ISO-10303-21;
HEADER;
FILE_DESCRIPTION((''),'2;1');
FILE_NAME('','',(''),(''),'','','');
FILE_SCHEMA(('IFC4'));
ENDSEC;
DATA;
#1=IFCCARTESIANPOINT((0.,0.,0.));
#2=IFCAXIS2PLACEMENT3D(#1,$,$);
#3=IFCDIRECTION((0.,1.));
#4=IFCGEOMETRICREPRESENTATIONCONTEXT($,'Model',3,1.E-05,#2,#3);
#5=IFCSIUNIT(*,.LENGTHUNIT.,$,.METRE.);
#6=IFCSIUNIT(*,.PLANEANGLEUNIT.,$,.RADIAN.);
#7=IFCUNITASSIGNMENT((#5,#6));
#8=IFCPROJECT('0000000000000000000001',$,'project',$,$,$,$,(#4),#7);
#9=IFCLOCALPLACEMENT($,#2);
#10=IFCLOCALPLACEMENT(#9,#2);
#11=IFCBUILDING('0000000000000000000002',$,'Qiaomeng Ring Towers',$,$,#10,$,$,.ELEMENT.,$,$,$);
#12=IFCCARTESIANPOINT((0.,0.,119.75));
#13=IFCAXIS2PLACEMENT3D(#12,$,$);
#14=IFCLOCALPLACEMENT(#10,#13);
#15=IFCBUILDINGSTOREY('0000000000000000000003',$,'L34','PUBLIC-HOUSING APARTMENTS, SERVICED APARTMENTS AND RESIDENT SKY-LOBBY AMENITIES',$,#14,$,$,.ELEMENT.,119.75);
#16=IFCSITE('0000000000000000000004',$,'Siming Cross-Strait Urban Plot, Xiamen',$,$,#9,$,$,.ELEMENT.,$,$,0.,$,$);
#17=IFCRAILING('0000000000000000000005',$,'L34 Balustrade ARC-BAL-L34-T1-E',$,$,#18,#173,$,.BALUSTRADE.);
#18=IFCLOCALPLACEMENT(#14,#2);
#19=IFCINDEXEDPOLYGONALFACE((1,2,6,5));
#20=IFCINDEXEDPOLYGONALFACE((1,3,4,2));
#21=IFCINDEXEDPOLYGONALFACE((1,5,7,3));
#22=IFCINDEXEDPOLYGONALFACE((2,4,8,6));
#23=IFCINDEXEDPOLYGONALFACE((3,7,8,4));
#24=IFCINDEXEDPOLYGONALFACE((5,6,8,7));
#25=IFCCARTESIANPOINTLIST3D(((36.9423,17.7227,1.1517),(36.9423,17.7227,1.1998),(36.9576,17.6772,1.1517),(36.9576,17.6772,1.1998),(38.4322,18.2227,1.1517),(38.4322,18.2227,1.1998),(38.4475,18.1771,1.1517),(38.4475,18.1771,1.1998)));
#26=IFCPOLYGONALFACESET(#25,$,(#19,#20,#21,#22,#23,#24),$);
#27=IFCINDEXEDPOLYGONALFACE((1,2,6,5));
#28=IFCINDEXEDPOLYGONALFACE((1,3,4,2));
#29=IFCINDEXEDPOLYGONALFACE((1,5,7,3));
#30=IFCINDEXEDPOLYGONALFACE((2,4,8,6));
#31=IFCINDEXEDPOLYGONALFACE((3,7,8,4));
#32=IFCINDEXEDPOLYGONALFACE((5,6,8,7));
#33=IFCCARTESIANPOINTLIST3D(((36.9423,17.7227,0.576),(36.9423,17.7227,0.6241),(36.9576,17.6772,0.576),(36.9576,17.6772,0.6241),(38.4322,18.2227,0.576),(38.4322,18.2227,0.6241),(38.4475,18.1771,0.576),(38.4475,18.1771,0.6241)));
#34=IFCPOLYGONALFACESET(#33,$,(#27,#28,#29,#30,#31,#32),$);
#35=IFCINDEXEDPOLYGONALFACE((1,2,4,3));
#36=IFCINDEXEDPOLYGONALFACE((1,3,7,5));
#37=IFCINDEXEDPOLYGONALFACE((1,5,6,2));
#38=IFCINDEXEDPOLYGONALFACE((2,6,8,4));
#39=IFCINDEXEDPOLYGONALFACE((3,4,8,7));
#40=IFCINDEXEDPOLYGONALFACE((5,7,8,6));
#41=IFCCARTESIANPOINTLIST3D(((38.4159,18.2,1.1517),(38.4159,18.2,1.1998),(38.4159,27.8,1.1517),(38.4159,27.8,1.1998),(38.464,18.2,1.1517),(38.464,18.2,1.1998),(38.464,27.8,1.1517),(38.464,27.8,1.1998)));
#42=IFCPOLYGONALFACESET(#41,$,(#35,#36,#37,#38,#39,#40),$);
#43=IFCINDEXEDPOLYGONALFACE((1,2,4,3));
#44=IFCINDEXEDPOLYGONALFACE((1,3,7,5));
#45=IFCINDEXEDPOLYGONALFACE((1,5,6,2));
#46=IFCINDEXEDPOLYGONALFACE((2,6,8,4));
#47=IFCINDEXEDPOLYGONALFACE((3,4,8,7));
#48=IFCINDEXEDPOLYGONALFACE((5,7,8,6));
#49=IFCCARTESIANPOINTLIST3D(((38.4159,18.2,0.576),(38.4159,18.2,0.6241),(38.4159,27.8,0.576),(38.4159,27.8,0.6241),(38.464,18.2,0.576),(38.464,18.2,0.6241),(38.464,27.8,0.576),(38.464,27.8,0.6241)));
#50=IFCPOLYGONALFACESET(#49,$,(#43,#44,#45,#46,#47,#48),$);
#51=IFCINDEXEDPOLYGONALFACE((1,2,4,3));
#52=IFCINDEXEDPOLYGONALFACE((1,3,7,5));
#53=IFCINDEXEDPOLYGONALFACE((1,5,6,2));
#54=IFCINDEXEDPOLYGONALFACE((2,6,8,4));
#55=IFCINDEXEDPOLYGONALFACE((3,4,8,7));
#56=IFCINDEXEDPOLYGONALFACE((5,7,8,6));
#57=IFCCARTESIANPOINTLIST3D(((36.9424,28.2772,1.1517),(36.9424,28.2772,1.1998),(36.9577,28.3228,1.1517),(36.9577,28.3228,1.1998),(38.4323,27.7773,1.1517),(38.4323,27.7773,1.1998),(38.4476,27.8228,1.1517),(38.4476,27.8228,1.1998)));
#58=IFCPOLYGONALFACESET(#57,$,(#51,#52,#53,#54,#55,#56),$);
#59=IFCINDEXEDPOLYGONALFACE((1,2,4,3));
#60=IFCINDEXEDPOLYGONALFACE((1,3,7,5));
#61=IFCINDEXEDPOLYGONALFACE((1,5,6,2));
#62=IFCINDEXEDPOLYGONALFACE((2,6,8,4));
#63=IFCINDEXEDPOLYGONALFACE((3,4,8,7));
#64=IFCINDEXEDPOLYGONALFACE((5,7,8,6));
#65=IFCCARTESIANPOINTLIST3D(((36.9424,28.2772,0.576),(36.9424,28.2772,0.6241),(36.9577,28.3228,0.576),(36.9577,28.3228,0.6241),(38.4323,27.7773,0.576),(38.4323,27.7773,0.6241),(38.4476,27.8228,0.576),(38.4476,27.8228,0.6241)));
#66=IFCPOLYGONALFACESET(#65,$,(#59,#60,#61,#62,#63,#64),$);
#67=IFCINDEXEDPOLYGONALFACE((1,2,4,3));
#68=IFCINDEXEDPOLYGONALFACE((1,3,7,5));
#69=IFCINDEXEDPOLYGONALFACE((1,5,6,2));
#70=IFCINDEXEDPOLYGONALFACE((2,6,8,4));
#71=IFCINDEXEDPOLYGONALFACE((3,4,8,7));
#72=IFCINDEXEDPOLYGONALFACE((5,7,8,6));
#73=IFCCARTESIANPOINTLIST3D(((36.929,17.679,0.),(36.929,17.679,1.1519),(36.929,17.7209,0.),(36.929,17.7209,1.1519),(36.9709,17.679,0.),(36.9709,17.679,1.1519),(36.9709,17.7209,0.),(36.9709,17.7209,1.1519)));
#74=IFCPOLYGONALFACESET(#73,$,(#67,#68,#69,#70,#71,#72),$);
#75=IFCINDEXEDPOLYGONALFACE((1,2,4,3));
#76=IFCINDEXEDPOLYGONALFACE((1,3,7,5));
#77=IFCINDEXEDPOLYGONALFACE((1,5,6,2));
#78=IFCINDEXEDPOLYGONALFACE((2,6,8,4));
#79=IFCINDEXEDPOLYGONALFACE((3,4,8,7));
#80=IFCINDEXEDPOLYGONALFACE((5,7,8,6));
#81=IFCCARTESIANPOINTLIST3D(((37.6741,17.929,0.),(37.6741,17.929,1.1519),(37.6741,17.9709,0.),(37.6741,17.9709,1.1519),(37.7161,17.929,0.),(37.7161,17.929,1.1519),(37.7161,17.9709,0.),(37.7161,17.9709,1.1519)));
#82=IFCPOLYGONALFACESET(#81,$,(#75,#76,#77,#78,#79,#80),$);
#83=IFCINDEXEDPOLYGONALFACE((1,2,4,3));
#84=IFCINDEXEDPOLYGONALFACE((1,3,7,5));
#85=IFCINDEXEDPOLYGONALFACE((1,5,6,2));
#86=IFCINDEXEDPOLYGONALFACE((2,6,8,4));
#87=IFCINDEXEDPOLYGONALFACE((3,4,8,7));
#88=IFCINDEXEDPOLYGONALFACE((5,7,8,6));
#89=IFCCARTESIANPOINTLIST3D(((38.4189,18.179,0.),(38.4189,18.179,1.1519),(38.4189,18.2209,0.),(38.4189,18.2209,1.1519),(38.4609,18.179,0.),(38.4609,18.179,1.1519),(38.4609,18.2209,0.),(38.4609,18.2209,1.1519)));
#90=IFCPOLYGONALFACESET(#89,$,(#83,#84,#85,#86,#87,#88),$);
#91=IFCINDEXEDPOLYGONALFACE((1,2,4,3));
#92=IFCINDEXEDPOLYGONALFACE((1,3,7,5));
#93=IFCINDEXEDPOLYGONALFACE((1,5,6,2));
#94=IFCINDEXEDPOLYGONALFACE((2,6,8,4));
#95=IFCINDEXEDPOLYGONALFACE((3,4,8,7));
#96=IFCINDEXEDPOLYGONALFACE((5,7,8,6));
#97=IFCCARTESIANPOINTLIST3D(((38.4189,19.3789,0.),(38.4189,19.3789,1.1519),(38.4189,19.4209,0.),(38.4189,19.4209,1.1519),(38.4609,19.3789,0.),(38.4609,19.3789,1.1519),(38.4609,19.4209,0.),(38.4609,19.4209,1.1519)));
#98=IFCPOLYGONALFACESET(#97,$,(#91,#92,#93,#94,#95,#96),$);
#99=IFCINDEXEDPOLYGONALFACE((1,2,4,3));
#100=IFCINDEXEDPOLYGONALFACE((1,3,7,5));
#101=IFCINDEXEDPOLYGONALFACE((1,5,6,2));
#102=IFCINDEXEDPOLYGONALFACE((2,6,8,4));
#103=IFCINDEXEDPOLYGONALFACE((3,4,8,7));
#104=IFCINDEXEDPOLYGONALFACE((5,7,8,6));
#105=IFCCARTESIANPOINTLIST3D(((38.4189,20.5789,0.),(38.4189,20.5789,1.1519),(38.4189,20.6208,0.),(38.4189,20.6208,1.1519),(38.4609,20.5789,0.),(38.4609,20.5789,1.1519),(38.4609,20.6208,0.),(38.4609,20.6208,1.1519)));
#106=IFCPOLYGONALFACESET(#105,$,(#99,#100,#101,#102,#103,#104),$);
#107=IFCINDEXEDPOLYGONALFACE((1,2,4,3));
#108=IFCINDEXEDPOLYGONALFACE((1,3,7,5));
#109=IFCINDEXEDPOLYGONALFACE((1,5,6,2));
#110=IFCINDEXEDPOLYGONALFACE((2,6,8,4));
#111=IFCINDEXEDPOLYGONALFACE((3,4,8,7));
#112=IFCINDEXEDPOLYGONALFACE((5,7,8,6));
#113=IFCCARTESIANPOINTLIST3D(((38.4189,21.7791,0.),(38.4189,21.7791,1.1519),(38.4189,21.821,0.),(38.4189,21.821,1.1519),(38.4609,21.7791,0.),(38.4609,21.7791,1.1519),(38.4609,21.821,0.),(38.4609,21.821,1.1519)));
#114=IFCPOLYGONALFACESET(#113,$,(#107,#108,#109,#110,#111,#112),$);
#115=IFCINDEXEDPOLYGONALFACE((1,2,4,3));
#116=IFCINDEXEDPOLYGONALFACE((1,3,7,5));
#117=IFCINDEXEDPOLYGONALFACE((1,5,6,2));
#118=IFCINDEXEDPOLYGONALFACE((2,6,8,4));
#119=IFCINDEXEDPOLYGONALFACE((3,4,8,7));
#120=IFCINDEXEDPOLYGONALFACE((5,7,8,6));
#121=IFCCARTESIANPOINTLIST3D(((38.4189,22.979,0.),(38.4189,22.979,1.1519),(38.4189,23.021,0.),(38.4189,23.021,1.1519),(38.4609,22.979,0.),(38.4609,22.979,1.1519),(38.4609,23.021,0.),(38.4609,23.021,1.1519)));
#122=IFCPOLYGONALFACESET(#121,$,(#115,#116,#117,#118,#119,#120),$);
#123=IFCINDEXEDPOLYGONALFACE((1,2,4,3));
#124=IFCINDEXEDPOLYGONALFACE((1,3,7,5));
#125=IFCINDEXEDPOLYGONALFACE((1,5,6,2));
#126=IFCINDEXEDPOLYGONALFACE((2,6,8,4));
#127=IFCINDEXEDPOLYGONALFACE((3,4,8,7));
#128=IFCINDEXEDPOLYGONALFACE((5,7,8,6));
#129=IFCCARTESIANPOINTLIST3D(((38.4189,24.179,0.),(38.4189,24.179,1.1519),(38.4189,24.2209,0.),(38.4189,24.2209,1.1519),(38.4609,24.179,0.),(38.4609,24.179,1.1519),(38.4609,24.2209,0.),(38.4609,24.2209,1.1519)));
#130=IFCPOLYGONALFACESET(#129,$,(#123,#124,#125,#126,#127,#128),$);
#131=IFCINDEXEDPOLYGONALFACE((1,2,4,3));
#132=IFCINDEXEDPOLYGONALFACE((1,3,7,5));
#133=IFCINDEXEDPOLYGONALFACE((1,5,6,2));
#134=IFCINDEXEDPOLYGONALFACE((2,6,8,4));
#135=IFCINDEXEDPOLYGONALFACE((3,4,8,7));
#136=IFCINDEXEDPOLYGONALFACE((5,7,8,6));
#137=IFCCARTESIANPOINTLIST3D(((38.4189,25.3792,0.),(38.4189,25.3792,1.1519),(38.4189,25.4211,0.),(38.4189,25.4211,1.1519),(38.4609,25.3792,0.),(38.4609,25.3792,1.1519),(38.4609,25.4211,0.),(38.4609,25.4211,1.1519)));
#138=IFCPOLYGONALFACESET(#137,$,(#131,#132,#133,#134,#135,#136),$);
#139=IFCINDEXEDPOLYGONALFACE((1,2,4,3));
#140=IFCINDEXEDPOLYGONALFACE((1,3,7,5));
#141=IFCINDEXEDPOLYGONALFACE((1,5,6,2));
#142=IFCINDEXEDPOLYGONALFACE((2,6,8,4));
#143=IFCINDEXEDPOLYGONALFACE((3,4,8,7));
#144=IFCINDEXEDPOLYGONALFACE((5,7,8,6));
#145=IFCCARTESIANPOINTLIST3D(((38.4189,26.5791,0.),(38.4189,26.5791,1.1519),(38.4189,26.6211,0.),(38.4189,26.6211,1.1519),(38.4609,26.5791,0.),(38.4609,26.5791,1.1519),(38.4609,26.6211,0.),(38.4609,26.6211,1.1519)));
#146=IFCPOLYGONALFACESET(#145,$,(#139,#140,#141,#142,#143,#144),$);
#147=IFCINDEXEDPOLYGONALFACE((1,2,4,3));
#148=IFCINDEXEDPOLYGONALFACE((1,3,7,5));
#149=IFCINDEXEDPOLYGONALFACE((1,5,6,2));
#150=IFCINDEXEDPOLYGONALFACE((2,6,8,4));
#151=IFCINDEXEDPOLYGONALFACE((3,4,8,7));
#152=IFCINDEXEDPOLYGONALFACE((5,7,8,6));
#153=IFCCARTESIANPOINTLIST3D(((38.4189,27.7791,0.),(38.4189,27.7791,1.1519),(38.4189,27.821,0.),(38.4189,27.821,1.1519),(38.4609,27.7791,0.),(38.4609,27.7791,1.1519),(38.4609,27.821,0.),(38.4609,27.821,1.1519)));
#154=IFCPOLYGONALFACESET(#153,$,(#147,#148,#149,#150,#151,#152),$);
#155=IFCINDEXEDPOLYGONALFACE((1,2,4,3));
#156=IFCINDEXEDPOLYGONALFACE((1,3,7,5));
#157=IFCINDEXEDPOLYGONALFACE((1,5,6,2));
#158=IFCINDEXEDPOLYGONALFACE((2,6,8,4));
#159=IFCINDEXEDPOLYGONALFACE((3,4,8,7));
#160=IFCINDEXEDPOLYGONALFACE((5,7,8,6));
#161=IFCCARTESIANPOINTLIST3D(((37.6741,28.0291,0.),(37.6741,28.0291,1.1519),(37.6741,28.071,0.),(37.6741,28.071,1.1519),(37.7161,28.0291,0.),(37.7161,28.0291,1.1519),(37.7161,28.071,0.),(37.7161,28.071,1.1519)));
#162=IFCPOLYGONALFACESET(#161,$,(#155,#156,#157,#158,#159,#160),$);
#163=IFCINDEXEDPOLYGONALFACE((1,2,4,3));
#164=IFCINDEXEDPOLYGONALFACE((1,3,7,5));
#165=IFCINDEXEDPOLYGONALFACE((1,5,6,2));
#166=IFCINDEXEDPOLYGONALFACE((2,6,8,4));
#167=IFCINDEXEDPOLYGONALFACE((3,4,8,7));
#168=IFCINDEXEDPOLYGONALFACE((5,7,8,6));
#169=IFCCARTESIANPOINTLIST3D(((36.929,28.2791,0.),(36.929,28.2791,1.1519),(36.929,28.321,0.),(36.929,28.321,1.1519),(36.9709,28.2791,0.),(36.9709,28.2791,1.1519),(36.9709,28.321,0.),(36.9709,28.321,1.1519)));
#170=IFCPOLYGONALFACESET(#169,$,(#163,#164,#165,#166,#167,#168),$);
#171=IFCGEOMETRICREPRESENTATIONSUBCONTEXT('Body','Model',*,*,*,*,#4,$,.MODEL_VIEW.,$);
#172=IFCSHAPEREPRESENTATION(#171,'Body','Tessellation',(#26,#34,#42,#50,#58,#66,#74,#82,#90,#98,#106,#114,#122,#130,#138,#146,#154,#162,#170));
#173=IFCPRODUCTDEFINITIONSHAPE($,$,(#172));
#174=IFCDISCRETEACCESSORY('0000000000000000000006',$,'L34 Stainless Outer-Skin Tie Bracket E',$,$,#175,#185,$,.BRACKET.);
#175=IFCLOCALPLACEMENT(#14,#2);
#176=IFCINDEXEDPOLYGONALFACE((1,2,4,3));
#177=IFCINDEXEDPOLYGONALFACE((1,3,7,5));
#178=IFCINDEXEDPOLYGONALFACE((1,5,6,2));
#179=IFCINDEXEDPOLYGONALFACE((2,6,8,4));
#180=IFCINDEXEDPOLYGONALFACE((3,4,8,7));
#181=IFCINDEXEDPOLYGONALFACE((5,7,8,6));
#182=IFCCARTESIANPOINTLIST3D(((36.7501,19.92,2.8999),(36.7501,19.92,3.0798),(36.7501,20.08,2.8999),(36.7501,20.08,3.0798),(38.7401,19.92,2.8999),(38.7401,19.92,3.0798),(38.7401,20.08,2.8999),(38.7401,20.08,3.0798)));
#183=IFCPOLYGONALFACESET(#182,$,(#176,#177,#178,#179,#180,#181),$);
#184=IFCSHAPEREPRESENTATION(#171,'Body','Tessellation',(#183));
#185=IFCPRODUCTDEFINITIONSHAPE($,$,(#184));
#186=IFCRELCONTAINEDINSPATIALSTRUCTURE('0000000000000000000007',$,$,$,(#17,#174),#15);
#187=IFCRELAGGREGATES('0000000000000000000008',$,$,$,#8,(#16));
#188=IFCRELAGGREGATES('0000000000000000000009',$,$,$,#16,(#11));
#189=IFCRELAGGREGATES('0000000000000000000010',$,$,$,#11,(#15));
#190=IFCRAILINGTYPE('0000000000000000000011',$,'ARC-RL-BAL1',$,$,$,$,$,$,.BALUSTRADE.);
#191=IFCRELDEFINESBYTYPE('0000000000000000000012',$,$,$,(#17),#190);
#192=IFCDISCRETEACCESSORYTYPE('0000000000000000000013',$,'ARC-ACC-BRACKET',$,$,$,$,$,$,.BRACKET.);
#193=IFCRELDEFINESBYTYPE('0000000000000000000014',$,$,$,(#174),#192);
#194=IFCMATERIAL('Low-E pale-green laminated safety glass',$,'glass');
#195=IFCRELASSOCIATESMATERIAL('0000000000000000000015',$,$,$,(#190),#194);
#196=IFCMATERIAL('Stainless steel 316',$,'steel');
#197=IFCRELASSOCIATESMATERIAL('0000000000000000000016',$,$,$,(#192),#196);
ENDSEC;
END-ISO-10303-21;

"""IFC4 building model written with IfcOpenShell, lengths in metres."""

from ifc_helpers import new_model, si_unit, direction, frame, origin, origin_2d, place, context, subcontext, project, spatial, rectangle, extrude, source, transform, mapped, material, type_object, element, save


model = new_model("IFC4")

# Units and contexts
model_context = context("Model", 3, precision=1e-05, world=origin(), true_north=direction((0.0, 1.0)))
body_context = subcontext(model_context, "Body", "Model", "MODEL_VIEW")
ifc_project = project(units=[si_unit("LENGTHUNIT", "METRE"), si_unit("PLANEANGLEUNIT", "RADIAN")], contexts=[model_context])

# Site, building, storey
site_placement = place(None, origin())
site = spatial("IfcSite", under=ifc_project, at=site_placement, Name="Siming Cross-Strait Urban Plot, Xiamen", CompositionType="ELEMENT", RefElevation=0.0)
building_placement = place(site_placement, origin())
building = spatial("IfcBuilding", under=site, at=building_placement, Name="Qiaomeng Ring Towers", CompositionType="ELEMENT")
storey_placement = place(building_placement, frame((0.0, 0.0, 119.75)))
storey = spatial("IfcBuildingStorey", under=building, at=storey_placement, Name="L34", Description="PUBLIC-HOUSING APARTMENTS, SERVICED APARTMENTS AND RESIDENT SKY-LOBBY AMENITIES", CompositionType="ELEMENT", Elevation=119.75)

# Shared definitions
ifc_material_1 = material(Name="Stainless steel 316", Category="steel")

# Railing
ifc_material_2 = material(Name="Low-E pale-green laminated safety glass", Category="glass")
railing_type = type_object("IfcRailingType", Name="ARC-RL-BAL1", PredefinedType="BALUSTRADE", material=ifc_material_2)
railing_placement = place(storey_placement, frame((36.95, 17.7, 0.0)))
element("IfcRailing", 1, at=railing_placement, inside=storey, type_object=railing_type, Name="L34 Balustrade ARC-BAL-L34-T1-E", PredefinedType="BALUSTRADE", context=body_context, shape_type="SweptSolid", body=[
    extrude(rectangle(XDim=0.0481, YDim=0.0481, at=origin_2d()), frame((0.0, 0.0, 1.1758), z_axis=(0.948044, 0.318138, 0.0), x_axis=(-0.318138, 0.948044, 0.0)), (0.0, 0.0, 1.0), 1.5715),
    extrude(rectangle(XDim=0.0481, YDim=0.0481, at=origin_2d()), frame((0.0, 0.0, 0.6001), z_axis=(0.948044, 0.318138, 0.0), x_axis=(-0.318138, 0.948044, 0.0)), (0.0, 0.0, 1.0), 1.5715),
    extrude(rectangle(XDim=0.0481, YDim=0.0481, at=origin_2d()), frame((1.49, 0.5, 1.1758), z_axis=(0.0, 1.0, 0.0), x_axis=(-1.0, 0.0, 0.0)), (0.0, 0.0, 1.0), 9.6001),
    extrude(rectangle(XDim=0.0481, YDim=0.0481, at=origin_2d()), frame((1.49, 0.5, 0.6001), z_axis=(0.0, 1.0, 0.0), x_axis=(-1.0, 0.0, 0.0)), (0.0, 0.0, 1.0), 9.6001),
    extrude(rectangle(XDim=0.0481, YDim=0.0481, at=origin_2d()), frame((1.49, 10.1001, 1.1758), z_axis=(-0.948044, 0.318138, 0.0), x_axis=(-0.318138, -0.948044, 0.0)), (0.0, 0.0, 1.0), 1.5715),
    extrude(rectangle(XDim=0.0481, YDim=0.0481, at=origin_2d()), frame((1.49, 10.1001, 0.6001), z_axis=(-0.948044, 0.318138, 0.0), x_axis=(-0.318138, -0.948044, 0.0)), (0.0, 0.0, 1.0), 1.5715),
    extrude(rectangle(XDim=0.042, YDim=0.042, at=origin_2d()), origin(), (0.0, 0.0, 1.0), 1.1519),
    extrude(rectangle(XDim=0.042, YDim=0.042, at=origin_2d()), frame((0.7451, 0.25, 0.0)), (0.0, 0.0, 1.0), 1.1519),
    extrude(rectangle(XDim=0.042, YDim=0.042, at=origin_2d()), frame((1.49, 0.5, 0.0)), (0.0, 0.0, 1.0), 1.1519),
    extrude(rectangle(XDim=0.042, YDim=0.042, at=origin_2d()), frame((1.49, 1.7, 0.0)), (0.0, 0.0, 1.0), 1.1519),
    extrude(rectangle(XDim=0.042, YDim=0.042, at=origin_2d()), frame((1.49, 2.8999, 0.0)), (0.0, 0.0, 1.0), 1.1519),
    extrude(rectangle(XDim=0.042, YDim=0.042, at=origin_2d()), frame((1.49, 4.1001, 0.0)), (0.0, 0.0, 1.0), 1.1519),
    extrude(rectangle(XDim=0.042, YDim=0.042, at=origin_2d()), frame((1.49, 5.3, 0.0)), (0.0, 0.0, 1.0), 1.1519),
    extrude(rectangle(XDim=0.042, YDim=0.042, at=origin_2d()), frame((1.49, 6.5, 0.0)), (0.0, 0.0, 1.0), 1.1519),
    extrude(rectangle(XDim=0.042, YDim=0.042, at=origin_2d()), frame((1.49, 7.7002, 0.0)), (0.0, 0.0, 1.0), 1.1519),
    extrude(rectangle(XDim=0.042, YDim=0.042, at=origin_2d()), frame((1.49, 8.9001, 0.0)), (0.0, 0.0, 1.0), 1.1519),
    extrude(rectangle(XDim=0.042, YDim=0.042, at=origin_2d()), frame((1.49, 10.1001, 0.0)), (0.0, 0.0, 1.0), 1.1519),
    extrude(rectangle(XDim=0.042, YDim=0.042, at=origin_2d()), frame((0.7451, 10.3501, 0.0)), (0.0, 0.0, 1.0), 1.1519),
    extrude(rectangle(XDim=0.042, YDim=0.042, at=origin_2d()), frame((0.0, 10.6001, 0.0)), (0.0, 0.0, 1.0), 1.1519),
])

# Discrete accessory
discrete_accessory_type = type_object("IfcDiscreteAccessoryType", Name="ARC-ACC-BRACKET", PredefinedType="BRACKET", material=ifc_material_1)
shared_shape_1 = source(origin(), body_context, "Body", "SweptSolid", [
    extrude(rectangle(XDim=1.99, YDim=0.1599, at=origin_2d()), origin(), (0.0, 0.0, 1.0), 0.1799),
])
discrete_accessory_placement = place(storey_placement, frame((37.7451, 20.0, 2.8999), z_axis=(0.0, 0.0, 1.0), x_axis=(1.0, 0.0, 0.0)))
element("IfcDiscreteAccessory", 2, at=discrete_accessory_placement, inside=storey, type_object=discrete_accessory_type, Name="L34 Stainless Outer-Skin Tie Bracket E", PredefinedType="BRACKET", context=body_context, shape_type="MappedRepresentation", body=[
    mapped(shared_shape_1, transform((0.0, 0.0, 0.0), x_axis=(1.0, 0.0, 0.0), y_axis=(0.0, 1.0, 0.0), z_axis=(0.0, 0.0, 1.0), scale=1.0)),
])

save(model, "model.ifc")
